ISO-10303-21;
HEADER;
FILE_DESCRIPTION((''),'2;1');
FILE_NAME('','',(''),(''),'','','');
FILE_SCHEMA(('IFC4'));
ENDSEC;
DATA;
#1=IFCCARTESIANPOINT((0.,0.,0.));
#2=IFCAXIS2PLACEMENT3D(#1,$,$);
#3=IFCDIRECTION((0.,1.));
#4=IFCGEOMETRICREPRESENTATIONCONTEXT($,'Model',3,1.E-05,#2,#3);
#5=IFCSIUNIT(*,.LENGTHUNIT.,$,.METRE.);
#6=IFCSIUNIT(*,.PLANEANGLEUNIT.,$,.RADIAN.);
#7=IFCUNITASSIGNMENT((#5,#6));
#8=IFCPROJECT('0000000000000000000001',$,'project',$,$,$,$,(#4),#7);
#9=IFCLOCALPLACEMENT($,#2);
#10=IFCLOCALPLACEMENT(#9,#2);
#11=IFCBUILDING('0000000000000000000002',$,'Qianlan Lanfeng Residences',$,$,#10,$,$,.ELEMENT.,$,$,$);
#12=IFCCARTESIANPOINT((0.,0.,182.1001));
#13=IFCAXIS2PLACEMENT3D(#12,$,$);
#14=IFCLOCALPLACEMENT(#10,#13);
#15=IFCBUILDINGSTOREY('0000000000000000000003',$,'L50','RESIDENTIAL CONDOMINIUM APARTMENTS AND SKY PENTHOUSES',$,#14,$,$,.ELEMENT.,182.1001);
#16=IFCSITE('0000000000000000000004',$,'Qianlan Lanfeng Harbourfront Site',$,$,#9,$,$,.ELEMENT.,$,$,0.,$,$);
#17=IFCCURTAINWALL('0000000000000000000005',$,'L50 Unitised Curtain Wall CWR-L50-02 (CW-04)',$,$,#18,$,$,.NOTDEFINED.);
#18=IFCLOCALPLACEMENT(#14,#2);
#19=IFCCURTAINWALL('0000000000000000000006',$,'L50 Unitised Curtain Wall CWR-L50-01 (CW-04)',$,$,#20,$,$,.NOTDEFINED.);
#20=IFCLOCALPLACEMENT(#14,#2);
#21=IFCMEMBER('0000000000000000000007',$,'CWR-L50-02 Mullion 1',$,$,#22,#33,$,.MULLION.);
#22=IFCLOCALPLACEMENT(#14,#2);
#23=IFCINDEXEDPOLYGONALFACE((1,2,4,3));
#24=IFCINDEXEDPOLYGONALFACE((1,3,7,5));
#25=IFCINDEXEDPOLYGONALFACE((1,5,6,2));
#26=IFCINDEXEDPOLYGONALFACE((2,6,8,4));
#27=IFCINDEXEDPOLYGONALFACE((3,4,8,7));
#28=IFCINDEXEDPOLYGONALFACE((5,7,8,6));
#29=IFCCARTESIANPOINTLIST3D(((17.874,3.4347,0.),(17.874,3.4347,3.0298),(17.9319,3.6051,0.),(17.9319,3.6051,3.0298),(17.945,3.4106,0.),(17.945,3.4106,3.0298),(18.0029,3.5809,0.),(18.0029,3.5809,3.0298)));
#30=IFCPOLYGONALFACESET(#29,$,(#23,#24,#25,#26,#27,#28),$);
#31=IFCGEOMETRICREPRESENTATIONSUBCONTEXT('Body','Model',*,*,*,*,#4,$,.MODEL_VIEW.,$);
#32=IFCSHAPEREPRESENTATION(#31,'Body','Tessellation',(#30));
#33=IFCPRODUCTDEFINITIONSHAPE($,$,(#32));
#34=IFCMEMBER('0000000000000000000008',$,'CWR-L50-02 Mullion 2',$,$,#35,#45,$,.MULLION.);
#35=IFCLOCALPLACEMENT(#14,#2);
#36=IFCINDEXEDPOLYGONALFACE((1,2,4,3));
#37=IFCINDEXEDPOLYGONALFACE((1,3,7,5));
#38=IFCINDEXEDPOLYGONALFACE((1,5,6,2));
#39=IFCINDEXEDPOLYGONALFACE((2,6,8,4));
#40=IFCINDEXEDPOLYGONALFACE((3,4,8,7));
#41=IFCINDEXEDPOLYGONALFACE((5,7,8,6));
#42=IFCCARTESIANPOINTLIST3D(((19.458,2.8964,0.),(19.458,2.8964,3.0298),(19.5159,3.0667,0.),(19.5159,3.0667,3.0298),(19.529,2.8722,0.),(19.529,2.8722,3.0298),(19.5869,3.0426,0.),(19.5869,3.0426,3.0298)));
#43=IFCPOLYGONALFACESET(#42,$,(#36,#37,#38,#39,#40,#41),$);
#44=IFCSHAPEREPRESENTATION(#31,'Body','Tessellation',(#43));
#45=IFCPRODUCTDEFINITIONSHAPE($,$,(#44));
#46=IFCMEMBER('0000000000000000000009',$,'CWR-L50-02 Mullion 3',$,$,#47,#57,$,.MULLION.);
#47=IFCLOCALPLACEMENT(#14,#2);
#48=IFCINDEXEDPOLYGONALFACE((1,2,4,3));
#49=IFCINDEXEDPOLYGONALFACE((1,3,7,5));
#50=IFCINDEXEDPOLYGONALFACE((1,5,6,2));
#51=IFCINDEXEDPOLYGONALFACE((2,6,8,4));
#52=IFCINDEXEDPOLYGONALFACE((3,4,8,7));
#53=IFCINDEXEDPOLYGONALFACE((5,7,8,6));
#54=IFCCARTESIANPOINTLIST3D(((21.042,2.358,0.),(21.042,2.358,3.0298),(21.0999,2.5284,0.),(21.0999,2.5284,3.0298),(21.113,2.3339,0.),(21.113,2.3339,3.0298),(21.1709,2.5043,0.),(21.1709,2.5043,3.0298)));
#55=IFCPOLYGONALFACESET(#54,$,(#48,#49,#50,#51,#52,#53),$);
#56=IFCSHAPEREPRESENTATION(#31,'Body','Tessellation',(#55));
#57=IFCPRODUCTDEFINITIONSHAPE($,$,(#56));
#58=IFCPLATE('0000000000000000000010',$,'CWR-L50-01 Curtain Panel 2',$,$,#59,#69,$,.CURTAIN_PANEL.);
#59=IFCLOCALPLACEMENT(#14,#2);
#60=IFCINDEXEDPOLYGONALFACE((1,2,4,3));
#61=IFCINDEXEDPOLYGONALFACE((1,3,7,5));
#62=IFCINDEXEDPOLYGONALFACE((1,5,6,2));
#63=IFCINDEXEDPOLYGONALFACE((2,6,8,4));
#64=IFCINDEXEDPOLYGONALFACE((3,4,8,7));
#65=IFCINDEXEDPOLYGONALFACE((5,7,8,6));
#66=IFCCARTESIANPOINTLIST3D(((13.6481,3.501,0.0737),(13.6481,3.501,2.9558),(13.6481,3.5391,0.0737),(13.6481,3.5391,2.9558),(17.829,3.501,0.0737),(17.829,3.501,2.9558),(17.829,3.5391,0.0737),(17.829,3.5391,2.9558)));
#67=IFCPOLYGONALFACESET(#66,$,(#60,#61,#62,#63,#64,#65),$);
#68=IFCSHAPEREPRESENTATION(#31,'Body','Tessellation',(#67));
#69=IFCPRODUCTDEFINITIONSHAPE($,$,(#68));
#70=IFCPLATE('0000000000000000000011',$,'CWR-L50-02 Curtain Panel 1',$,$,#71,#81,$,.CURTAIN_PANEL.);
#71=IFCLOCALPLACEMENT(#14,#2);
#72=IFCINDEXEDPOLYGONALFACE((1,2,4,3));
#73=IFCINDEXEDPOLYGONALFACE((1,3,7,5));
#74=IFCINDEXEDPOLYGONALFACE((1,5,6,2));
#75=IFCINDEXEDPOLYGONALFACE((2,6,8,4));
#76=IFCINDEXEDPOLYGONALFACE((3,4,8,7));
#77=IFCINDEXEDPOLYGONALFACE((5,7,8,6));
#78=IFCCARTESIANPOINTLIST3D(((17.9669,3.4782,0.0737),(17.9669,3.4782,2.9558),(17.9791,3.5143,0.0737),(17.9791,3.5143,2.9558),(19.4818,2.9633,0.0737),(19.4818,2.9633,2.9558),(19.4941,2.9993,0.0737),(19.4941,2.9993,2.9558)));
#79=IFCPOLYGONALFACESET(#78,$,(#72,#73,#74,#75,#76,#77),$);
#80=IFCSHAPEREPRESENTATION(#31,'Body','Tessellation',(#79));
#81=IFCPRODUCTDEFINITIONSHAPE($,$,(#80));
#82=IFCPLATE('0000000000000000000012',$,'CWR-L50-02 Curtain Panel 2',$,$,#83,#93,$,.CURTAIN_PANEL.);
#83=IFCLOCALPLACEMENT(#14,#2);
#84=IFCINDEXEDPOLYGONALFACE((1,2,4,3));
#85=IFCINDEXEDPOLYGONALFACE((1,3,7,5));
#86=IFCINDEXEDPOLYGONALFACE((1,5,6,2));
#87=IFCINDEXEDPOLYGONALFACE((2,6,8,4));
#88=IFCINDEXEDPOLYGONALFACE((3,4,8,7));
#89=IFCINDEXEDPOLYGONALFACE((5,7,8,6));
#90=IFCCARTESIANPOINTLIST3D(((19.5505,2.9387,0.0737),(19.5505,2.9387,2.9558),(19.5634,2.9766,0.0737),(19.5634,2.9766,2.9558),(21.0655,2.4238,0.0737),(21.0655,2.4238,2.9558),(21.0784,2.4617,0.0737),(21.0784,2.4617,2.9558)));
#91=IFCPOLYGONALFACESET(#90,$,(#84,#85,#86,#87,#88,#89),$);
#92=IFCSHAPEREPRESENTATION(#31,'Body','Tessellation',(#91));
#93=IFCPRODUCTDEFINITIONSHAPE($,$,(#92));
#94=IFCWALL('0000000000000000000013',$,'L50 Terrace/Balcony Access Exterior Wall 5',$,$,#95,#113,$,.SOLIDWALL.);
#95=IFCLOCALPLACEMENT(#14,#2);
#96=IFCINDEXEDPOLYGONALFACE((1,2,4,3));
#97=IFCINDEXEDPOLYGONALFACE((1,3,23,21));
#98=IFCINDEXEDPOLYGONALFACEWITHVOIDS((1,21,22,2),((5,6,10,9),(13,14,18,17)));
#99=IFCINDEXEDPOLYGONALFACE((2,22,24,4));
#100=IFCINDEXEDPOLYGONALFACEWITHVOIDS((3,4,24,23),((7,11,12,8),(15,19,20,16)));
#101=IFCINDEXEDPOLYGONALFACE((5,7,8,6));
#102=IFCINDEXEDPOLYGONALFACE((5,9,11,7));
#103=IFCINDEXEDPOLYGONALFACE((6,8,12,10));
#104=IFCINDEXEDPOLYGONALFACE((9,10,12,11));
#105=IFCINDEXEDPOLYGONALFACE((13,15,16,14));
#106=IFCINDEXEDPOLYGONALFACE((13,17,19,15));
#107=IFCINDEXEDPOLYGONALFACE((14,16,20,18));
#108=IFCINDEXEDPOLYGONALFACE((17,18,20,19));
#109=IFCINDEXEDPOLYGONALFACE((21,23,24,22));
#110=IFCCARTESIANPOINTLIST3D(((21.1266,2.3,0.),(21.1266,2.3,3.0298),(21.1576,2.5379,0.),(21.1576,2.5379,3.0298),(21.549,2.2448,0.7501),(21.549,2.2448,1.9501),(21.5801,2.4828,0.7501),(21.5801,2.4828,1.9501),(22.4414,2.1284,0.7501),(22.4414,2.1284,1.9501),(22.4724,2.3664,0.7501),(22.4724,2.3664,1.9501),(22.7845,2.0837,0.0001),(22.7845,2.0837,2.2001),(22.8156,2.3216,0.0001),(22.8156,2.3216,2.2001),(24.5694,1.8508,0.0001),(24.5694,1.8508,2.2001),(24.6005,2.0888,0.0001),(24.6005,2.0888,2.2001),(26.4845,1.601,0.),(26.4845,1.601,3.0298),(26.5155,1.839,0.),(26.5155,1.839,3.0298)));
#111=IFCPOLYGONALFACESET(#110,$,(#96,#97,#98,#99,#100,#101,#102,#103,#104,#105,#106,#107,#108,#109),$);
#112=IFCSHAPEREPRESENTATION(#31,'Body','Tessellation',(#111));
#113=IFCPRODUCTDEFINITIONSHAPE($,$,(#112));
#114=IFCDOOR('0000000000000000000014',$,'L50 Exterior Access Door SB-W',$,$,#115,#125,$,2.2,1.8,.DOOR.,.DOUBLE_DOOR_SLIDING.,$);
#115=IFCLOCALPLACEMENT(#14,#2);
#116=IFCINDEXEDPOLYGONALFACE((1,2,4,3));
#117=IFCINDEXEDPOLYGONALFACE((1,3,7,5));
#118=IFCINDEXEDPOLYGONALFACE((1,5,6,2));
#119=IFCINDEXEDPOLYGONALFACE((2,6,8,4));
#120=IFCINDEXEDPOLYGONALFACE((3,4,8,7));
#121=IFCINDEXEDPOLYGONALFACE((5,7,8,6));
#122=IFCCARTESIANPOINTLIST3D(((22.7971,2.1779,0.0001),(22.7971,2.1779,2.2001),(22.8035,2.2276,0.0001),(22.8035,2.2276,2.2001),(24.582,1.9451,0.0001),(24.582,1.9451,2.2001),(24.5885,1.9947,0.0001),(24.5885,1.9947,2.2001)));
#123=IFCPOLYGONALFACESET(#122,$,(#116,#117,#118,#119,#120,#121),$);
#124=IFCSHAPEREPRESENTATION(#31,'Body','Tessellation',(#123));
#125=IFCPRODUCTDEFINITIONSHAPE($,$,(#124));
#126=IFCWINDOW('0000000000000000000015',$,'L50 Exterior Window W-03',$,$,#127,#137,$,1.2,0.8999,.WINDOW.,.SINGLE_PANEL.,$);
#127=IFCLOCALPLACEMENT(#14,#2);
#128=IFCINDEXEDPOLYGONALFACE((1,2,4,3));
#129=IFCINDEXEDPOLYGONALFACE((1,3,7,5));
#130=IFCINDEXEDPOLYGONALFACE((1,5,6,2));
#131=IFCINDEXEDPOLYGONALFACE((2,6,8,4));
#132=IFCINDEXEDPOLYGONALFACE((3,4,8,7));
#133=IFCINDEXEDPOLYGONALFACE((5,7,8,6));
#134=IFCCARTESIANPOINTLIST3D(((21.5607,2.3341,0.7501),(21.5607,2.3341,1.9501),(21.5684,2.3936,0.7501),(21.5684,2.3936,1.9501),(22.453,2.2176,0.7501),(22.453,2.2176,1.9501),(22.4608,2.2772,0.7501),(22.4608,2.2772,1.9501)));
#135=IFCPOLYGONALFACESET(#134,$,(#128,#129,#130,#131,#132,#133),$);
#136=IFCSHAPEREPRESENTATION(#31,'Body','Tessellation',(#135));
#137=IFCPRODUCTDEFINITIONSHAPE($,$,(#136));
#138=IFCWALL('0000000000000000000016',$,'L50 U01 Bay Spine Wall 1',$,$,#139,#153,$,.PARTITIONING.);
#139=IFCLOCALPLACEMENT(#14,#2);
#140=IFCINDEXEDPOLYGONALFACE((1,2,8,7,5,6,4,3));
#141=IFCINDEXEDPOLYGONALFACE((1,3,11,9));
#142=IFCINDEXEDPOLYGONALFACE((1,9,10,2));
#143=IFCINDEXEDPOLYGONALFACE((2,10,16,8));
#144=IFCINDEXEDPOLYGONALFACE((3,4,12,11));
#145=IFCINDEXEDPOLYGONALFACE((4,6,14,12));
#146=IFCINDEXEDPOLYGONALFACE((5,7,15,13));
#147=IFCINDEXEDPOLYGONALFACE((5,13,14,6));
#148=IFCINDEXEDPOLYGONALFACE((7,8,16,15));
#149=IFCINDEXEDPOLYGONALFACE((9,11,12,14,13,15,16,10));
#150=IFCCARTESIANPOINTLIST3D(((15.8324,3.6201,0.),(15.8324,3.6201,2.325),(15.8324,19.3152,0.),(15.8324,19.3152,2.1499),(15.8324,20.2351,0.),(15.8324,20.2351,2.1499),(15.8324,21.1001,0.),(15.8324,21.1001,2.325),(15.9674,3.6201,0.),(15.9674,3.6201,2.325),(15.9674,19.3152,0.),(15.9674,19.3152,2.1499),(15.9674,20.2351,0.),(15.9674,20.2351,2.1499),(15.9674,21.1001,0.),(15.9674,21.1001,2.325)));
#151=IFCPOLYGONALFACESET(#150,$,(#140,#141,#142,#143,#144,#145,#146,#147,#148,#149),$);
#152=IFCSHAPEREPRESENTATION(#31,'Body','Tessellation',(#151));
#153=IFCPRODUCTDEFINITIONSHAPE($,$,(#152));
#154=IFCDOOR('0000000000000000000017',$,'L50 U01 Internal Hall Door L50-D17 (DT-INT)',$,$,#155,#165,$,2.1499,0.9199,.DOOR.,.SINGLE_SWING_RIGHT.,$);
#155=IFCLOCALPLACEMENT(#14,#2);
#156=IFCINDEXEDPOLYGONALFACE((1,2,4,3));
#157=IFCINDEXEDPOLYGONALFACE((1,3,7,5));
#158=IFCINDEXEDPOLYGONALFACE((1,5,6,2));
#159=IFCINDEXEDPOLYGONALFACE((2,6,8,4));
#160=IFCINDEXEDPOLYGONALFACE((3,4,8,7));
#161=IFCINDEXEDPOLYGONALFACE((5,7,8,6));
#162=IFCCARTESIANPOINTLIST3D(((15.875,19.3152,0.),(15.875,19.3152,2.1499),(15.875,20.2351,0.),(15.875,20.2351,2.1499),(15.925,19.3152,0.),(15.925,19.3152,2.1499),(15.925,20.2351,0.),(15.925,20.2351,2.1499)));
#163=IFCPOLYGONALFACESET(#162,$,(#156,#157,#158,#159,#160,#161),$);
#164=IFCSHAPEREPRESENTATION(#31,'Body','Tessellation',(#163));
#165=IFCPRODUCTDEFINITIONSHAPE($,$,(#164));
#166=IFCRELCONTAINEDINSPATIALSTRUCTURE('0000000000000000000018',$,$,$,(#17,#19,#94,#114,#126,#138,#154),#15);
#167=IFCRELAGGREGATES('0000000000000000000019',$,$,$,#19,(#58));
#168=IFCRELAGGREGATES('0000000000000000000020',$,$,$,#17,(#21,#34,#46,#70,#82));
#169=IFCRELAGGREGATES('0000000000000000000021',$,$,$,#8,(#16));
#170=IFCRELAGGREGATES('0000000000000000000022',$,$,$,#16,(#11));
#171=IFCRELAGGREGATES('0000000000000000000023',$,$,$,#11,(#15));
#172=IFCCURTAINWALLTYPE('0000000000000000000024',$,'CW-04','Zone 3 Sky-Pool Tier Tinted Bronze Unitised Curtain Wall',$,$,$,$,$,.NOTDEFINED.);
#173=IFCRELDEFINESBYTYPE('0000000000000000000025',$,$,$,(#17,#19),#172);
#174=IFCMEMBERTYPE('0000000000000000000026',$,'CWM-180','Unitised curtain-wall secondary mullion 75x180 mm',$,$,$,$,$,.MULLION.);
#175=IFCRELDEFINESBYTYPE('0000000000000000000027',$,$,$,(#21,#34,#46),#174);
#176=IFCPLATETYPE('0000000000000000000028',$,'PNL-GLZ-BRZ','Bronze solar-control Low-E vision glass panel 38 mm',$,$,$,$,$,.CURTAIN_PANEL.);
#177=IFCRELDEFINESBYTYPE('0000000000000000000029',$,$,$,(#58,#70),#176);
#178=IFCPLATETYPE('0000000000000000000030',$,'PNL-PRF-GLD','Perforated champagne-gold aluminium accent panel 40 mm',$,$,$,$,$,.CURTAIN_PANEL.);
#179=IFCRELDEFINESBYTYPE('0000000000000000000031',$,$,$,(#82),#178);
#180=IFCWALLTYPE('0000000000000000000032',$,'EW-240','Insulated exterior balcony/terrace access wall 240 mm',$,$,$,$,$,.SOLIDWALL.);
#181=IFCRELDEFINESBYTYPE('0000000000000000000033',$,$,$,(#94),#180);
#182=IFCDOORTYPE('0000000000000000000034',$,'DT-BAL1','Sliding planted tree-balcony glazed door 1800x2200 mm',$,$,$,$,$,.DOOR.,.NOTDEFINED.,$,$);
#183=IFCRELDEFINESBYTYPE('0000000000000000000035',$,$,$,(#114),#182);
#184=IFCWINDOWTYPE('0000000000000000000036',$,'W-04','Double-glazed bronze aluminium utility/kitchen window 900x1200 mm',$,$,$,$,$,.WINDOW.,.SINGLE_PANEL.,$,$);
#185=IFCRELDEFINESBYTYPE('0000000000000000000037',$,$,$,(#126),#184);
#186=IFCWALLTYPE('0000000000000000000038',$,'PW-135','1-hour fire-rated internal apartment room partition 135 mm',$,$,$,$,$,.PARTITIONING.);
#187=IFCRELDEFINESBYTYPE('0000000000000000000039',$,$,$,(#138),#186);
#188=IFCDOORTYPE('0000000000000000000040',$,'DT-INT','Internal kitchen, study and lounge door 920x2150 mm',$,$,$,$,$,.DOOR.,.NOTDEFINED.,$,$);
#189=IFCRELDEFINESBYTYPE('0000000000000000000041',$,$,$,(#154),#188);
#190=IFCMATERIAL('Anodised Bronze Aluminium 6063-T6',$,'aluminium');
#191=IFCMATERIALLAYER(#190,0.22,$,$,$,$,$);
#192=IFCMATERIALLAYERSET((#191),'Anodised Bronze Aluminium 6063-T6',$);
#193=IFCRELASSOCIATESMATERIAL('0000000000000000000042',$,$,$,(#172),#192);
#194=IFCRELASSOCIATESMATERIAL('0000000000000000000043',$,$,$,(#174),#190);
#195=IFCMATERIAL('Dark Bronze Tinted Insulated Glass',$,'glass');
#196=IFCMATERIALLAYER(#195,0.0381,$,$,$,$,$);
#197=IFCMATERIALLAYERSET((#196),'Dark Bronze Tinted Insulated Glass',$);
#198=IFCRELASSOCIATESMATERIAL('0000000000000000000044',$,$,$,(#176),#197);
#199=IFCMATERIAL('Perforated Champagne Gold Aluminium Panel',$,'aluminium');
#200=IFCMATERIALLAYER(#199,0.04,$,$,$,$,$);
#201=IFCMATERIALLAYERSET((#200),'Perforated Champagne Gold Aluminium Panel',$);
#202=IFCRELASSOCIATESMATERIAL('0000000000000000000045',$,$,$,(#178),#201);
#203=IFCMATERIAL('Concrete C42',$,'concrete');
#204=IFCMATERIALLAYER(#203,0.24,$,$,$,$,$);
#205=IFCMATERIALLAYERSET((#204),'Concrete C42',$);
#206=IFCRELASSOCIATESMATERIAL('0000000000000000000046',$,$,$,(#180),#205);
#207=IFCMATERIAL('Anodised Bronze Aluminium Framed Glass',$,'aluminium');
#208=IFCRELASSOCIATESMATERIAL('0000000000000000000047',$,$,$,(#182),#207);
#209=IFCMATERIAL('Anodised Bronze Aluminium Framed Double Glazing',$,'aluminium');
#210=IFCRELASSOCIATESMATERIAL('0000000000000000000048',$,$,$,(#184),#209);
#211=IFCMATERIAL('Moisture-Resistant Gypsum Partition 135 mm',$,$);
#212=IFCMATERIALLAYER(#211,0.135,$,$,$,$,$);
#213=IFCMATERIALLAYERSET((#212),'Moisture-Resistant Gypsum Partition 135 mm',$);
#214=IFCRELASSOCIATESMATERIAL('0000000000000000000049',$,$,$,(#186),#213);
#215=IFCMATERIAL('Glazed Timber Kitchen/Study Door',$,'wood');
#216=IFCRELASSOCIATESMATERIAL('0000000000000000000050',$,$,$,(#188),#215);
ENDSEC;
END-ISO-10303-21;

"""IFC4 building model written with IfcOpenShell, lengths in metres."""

from ifc_helpers import new_model, si_unit, direction, frame, frame_2d, origin, origin_2d, place, context, subcontext, project, spatial, rectangle, extrude, source, transform, mapped, material, layer, layer_set, material_profile, profile_set, type_object, element, fill, aggregate, save


model = new_model("IFC4")

# Units and contexts
model_context = context("Model", 3, precision=1e-05, world=origin(), true_north=direction((0.0, 1.0)))
body_context = subcontext(model_context, "Body", "Model", "MODEL_VIEW")
ifc_project = project(units=[si_unit("LENGTHUNIT", "METRE"), si_unit("PLANEANGLEUNIT", "RADIAN")], contexts=[model_context])

# Site, building, storey
site_placement = place(None, origin())
site = spatial("IfcSite", under=ifc_project, at=site_placement, Name="Qianlan Lanfeng Harbourfront Site", CompositionType="ELEMENT", RefElevation=0.0)
building_placement = place(site_placement, origin())
building = spatial("IfcBuilding", under=site, at=building_placement, Name="Qianlan Lanfeng Residences", CompositionType="ELEMENT")
storey_placement = place(building_placement, frame((0.0, 0.0, 182.1001)))
storey = spatial("IfcBuildingStorey", under=building, at=storey_placement, Name="L50", Description="RESIDENTIAL CONDOMINIUM APARTMENTS AND SKY PENTHOUSES", CompositionType="ELEMENT", Elevation=182.1001)

# Curtain wall
ifc_material_1 = material(Name="Anodised Bronze Aluminium 6063-T6", Category="aluminium")
ifc_layer_1 = layer(ifc_material_1, 0.22)
ifc_layer_set_1 = layer_set([ifc_layer_1], Name="Anodised Bronze Aluminium 6063-T6")
curtain_wall_type = type_object("IfcCurtainWallType", Name="CW-04", Description="Zone 3 Sky-Pool Tier Tinted Bronze Unitised Curtain Wall", PredefinedType="NOTDEFINED", material=ifc_layer_set_1)
curtain_wall_1_placement = place(storey_placement, origin())
curtain_wall_1 = element("IfcCurtainWall", 1, at=curtain_wall_1_placement, inside=storey, type_object=curtain_wall_type, Name="L50 Unitised Curtain Wall CWR-L50-02 (CW-04)", PredefinedType="NOTDEFINED")

# Curtain wall
curtain_wall_2_placement = place(storey_placement, origin())
curtain_wall_2 = element("IfcCurtainWall", 2, at=curtain_wall_2_placement, inside=storey, type_object=curtain_wall_type, Name="L50 Unitised Curtain Wall CWR-L50-01 (CW-04)", PredefinedType="NOTDEFINED")
ifc_material_profile_1 = material_profile(ifc_material_1, rectangle(XDim=0.075, YDim=0.1799, at=origin_2d()), Name="ALU MULLION 75x180")
ifc_profile_set_1 = profile_set([ifc_material_profile_1], Name="Anodised Bronze Aluminium 6063-T6")
member_type_1 = type_object("IfcMemberType", Name="CWM-180", Description="Unitised curtain-wall secondary mullion 75x180 mm", PredefinedType="MULLION", material=ifc_profile_set_1)
shared_shape_1 = source(origin(), body_context, "Body", "SweptSolid", [
    extrude(rectangle(XDim=0.075, YDim=0.1799, at=origin_2d()), origin(), (0.0, 0.0, 1.0), 3.0298),
])

# Members
member_1_placement = place(storey_placement, frame((17.9385, 3.5078, 0.0), z_axis=(0.0, 0.0, 1.0), x_axis=(0.946796, -0.321834, 0.0)))
member_1 = element("IfcMember", 3, at=member_1_placement, type_object=member_type_1, Name="CWR-L50-02 Mullion 1", PredefinedType="MULLION", context=body_context, shape_type="MappedRepresentation", body=[
    mapped(shared_shape_1, transform((0.0, 0.0, 0.0), scale=1.0)),
])
member_2_placement = place(storey_placement, frame((19.5225, 2.9695, 0.0), z_axis=(0.0, 0.0, 1.0), x_axis=(0.946796, -0.321834, 0.0)))
member_2 = element("IfcMember", 4, at=member_2_placement, type_object=member_type_1, Name="CWR-L50-02 Mullion 2", PredefinedType="MULLION", context=body_context, shape_type="MappedRepresentation", body=[
    mapped(shared_shape_1, transform((0.0, 0.0, 0.0), scale=1.0)),
])
member_3_placement = place(storey_placement, frame((21.1064, 2.4312, 0.0), z_axis=(0.0, 0.0, 1.0), x_axis=(0.946796, -0.321834, 0.0)))
member_3 = element("IfcMember", 5, at=member_3_placement, type_object=member_type_1, Name="CWR-L50-02 Mullion 3", PredefinedType="MULLION", context=body_context, shape_type="MappedRepresentation", body=[
    mapped(shared_shape_1, transform((0.0, 0.0, 0.0), scale=1.0)),
])

# Plates
ifc_material_2 = material(Name="Dark Bronze Tinted Insulated Glass", Category="glass")
ifc_layer_2 = layer(ifc_material_2, 0.0381)
ifc_layer_set_2 = layer_set([ifc_layer_2], Name="Dark Bronze Tinted Insulated Glass")
plate_type_1 = type_object("IfcPlateType", Name="PNL-GLZ-BRZ", Description="Bronze solar-control Low-E vision glass panel 38 mm", PredefinedType="CURTAIN_PANEL", material=ifc_layer_set_2)
shared_shape_2 = source(origin(), body_context, "Body", "SweptSolid", [
    extrude(rectangle(XDim=4.1809, YDim=0.0381, at=origin_2d()), origin(), (0.0, 0.0, 1.0), 2.8821),
])
plate_1_placement = place(storey_placement, frame((15.7385, 3.52, 0.0737), z_axis=(0.0, 0.0, 1.0), x_axis=(1.0, 0.0, 0.0)))
plate_1 = element("IfcPlate", 6, at=plate_1_placement, type_object=plate_type_1, Name="CWR-L50-01 Curtain Panel 2", PredefinedType="CURTAIN_PANEL", context=body_context, shape_type="MappedRepresentation", body=[
    mapped(shared_shape_2, transform((0.0, 0.0, 0.0), scale=1.0)),
])
aggregate(curtain_wall_2, [plate_1])
shared_shape_3 = source(origin(), body_context, "Body", "SweptSolid", [
    extrude(rectangle(XDim=1.6001, YDim=0.0381, at=origin_2d()), origin(), (0.0, 0.0, 1.0), 2.8821),
])
plate_2_placement = place(storey_placement, frame((18.7305, 3.2388, 0.0737), z_axis=(0.0, 0.0, 1.0), x_axis=(0.946796, -0.321834, 0.0)))
plate_2 = element("IfcPlate", 7, at=plate_2_placement, type_object=plate_type_1, Name="CWR-L50-02 Curtain Panel 1", PredefinedType="CURTAIN_PANEL", context=body_context, shape_type="MappedRepresentation", body=[
    mapped(shared_shape_3, transform((0.0, 0.0, 0.0), scale=1.0)),
])
ifc_material_3 = material(Name="Perforated Champagne Gold Aluminium Panel", Category="aluminium")
ifc_layer_3 = layer(ifc_material_3, 0.04)
ifc_layer_set_3 = layer_set([ifc_layer_3], Name="Perforated Champagne Gold Aluminium Panel")
plate_type_2 = type_object("IfcPlateType", Name="PNL-PRF-GLD", Description="Perforated champagne-gold aluminium accent panel 40 mm", PredefinedType="CURTAIN_PANEL", material=ifc_layer_set_3)
shared_shape_4 = source(origin(), body_context, "Body", "SweptSolid", [
    extrude(rectangle(XDim=1.6001, YDim=0.04, at=origin_2d()), origin(), (0.0, 0.0, 1.0), 2.8821),
])
plate_3_placement = place(storey_placement, frame((20.3145, 2.7002, 0.0737), z_axis=(0.0, 0.0, 1.0), x_axis=(0.946796, -0.321834, 0.0)))
plate_3 = element("IfcPlate", 8, at=plate_3_placement, type_object=plate_type_2, Name="CWR-L50-02 Curtain Panel 2", PredefinedType="CURTAIN_PANEL", context=body_context, shape_type="MappedRepresentation", body=[
    mapped(shared_shape_4, transform((0.0, 0.0, 0.0), scale=1.0)),
])
aggregate(curtain_wall_1, [member_1, member_2, member_3, plate_2, plate_3])

# Wall, openings, door, window
ifc_material_4 = material(Name="Concrete C42", Category="concrete")
ifc_layer_4 = layer(ifc_material_4, 0.24)
ifc_layer_set_4 = layer_set([ifc_layer_4], Name="Concrete C42")
wall_type_1 = type_object("IfcWallType", Name="EW-240", Description="Insulated exterior balcony/terrace access wall 240 mm", PredefinedType="SOLIDWALL", material=ifc_layer_set_4)
wall_1_placement = place(storey_placement, frame((21.1421, 2.4189, 0.0), z_axis=(0.0, 0.0, 1.0), x_axis=(0.991598, -0.12936, 0.0)))
wall_1 = element("IfcWall", 9, at=wall_1_placement, inside=storey, type_object=wall_type_1, Name="L50 Terrace/Balcony Access Exterior Wall 5", PredefinedType="SOLIDWALL", context=body_context, shape_type="SweptSolid", body=[
    extrude(rectangle(XDim=5.4033, YDim=0.24, at=frame_2d((2.7017, 0.0))), origin(), (0.0, 0.0, 1.0), 3.0298),
])
opening_1_placement = place(wall_1_placement, frame((1.6721, 0.0, 0.0)))
opening_1 = element("IfcOpeningElement", 10, at=opening_1_placement, cuts=wall_1, PredefinedType="OPENING", context=body_context, shape_type="SweptSolid", body=[
    extrude(rectangle(XDim=1.8, YDim=2.2, at=frame_2d((0.8999, 1.1001))), frame((0.0, 0.1299, 0.0), z_axis=(0.0, -1.0, 0.0), x_axis=(1.0, 0.0, 0.0)), (0.0, 0.0, 1.0), 0.26),
])
opening_2_placement = place(wall_1_placement, frame((0.426, 0.0, 0.75)))
opening_2 = element("IfcOpeningElement", 11, at=opening_2_placement, cuts=wall_1, PredefinedType="OPENING", context=body_context, shape_type="SweptSolid", body=[
    extrude(rectangle(XDim=0.8999, YDim=1.2, at=frame_2d((0.45, 0.6001))), frame((0.0, 0.1299, 0.0), z_axis=(0.0, -1.0, 0.0), x_axis=(1.0, 0.0, 0.0)), (0.0, 0.0, 1.0), 0.26),
])
ifc_material_5 = material(Name="Anodised Bronze Aluminium Framed Glass", Category="aluminium")
door_type_1 = type_object("IfcDoorType", Name="DT-BAL1", Description="Sliding planted tree-balcony glazed door 1800x2200 mm", OperationType="NOTDEFINED", PredefinedType="DOOR", material=ifc_material_5)
door_1_placement = place(opening_1_placement, frame((1.8, 0.0, 0.0), z_axis=(0.0, 0.0, 1.0), x_axis=(-1.0, 0.0, 0.0)))
door_1 = element("IfcDoor", 12, at=door_1_placement, inside=storey, type_object=door_type_1, Name="L50 Exterior Access Door SB-W", OperationType="DOUBLE_DOOR_SLIDING", OverallHeight=2.2, OverallWidth=1.8, PredefinedType="DOOR", context=body_context, shape_type="SweptSolid", body=[
    extrude(rectangle(XDim=1.8, YDim=2.2, at=frame_2d((0.8999, 1.1001))), frame((0.0, 0.0249, 0.0), z_axis=(0.0, -1.0, 0.0), x_axis=(1.0, 0.0, 0.0)), (0.0, 0.0, 1.0), 0.05),
])
fill(opening_1, door_1)
ifc_material_6 = material(Name="Anodised Bronze Aluminium Framed Double Glazing", Category="aluminium")
window_type = type_object("IfcWindowType", Name="W-04", Description="Double-glazed bronze aluminium utility/kitchen window 900x1200 mm", PartitioningType="SINGLE_PANEL", PredefinedType="WINDOW", material=ifc_material_6)
window_placement = place(opening_2_placement, origin())
window = element("IfcWindow", 13, at=window_placement, inside=storey, type_object=window_type, Name="L50 Exterior Window W-03", OverallHeight=1.2, OverallWidth=0.8999, PartitioningType="SINGLE_PANEL", PredefinedType="WINDOW", context=body_context, shape_type="SweptSolid", body=[
    extrude(rectangle(XDim=0.8999, YDim=1.2, at=frame_2d((0.45, 0.6001))), frame((0.0, 0.03, 0.0), z_axis=(0.0, -1.0, 0.0), x_axis=(1.0, 0.0, 0.0)), (0.0, 0.0, 1.0), 0.0601),
])
fill(opening_2, window)

# Wall, opening, door
ifc_material_7 = material(Name="Moisture-Resistant Gypsum Partition 135 mm")
ifc_layer_5 = layer(ifc_material_7, 0.135)
ifc_layer_set_5 = layer_set([ifc_layer_5], Name="Moisture-Resistant Gypsum Partition 135 mm")
wall_type_2 = type_object("IfcWallType", Name="PW-135", Description="1-hour fire-rated internal apartment room partition 135 mm", PredefinedType="PARTITIONING", material=ifc_layer_set_5)
wall_2_placement = place(storey_placement, frame((15.8999, 3.6201, 0.0), z_axis=(0.0, 0.0, 1.0), x_axis=(0.0, 1.0, 0.0)))
wall_2 = element("IfcWall", 14, at=wall_2_placement, inside=storey, type_object=wall_type_2, Name="L50 U01 Bay Spine Wall 1", PredefinedType="PARTITIONING", context=body_context, shape_type="SweptSolid", body=[
    extrude(rectangle(XDim=17.48, YDim=0.135, at=frame_2d((8.74, 0.0))), origin(), (0.0, 0.0, 1.0), 2.325),
])
opening_3_placement = place(wall_2_placement, frame((15.6951, 0.0, 0.0)))
opening_3 = element("IfcOpeningElement", 15, at=opening_3_placement, cuts=wall_2, PredefinedType="OPENING", context=body_context, shape_type="SweptSolid", body=[
    extrude(rectangle(XDim=0.9199, YDim=2.1499, at=frame_2d((0.46, 1.075))), frame((0.0, 0.0776, 0.0), z_axis=(0.0, -1.0, 0.0), x_axis=(1.0, 0.0, 0.0)), (0.0, 0.0, 1.0), 0.155),
])
ifc_material_8 = material(Name="Glazed Timber Kitchen/Study Door", Category="wood")
door_type_2 = type_object("IfcDoorType", Name="DT-INT", Description="Internal kitchen, study and lounge door 920x2150 mm", OperationType="NOTDEFINED", PredefinedType="DOOR", material=ifc_material_8)
door_2_placement = place(opening_3_placement, origin())
door_2 = element("IfcDoor", 16, at=door_2_placement, inside=storey, type_object=door_type_2, Name="L50 U01 Internal Hall Door L50-D17 (DT-INT)", OperationType="SINGLE_SWING_RIGHT", OverallHeight=2.1499, OverallWidth=0.9199, PredefinedType="DOOR", context=body_context, shape_type="SweptSolid", body=[
    extrude(rectangle(XDim=0.9199, YDim=2.1499, at=frame_2d((0.46, 1.075))), frame((0.0, 0.0249, 0.0), z_axis=(0.0, -1.0, 0.0), x_axis=(1.0, 0.0, 0.0)), (0.0, 0.0, 1.0), 0.05),
])
fill(opening_3, door_2)

save(model, "model.ifc")
